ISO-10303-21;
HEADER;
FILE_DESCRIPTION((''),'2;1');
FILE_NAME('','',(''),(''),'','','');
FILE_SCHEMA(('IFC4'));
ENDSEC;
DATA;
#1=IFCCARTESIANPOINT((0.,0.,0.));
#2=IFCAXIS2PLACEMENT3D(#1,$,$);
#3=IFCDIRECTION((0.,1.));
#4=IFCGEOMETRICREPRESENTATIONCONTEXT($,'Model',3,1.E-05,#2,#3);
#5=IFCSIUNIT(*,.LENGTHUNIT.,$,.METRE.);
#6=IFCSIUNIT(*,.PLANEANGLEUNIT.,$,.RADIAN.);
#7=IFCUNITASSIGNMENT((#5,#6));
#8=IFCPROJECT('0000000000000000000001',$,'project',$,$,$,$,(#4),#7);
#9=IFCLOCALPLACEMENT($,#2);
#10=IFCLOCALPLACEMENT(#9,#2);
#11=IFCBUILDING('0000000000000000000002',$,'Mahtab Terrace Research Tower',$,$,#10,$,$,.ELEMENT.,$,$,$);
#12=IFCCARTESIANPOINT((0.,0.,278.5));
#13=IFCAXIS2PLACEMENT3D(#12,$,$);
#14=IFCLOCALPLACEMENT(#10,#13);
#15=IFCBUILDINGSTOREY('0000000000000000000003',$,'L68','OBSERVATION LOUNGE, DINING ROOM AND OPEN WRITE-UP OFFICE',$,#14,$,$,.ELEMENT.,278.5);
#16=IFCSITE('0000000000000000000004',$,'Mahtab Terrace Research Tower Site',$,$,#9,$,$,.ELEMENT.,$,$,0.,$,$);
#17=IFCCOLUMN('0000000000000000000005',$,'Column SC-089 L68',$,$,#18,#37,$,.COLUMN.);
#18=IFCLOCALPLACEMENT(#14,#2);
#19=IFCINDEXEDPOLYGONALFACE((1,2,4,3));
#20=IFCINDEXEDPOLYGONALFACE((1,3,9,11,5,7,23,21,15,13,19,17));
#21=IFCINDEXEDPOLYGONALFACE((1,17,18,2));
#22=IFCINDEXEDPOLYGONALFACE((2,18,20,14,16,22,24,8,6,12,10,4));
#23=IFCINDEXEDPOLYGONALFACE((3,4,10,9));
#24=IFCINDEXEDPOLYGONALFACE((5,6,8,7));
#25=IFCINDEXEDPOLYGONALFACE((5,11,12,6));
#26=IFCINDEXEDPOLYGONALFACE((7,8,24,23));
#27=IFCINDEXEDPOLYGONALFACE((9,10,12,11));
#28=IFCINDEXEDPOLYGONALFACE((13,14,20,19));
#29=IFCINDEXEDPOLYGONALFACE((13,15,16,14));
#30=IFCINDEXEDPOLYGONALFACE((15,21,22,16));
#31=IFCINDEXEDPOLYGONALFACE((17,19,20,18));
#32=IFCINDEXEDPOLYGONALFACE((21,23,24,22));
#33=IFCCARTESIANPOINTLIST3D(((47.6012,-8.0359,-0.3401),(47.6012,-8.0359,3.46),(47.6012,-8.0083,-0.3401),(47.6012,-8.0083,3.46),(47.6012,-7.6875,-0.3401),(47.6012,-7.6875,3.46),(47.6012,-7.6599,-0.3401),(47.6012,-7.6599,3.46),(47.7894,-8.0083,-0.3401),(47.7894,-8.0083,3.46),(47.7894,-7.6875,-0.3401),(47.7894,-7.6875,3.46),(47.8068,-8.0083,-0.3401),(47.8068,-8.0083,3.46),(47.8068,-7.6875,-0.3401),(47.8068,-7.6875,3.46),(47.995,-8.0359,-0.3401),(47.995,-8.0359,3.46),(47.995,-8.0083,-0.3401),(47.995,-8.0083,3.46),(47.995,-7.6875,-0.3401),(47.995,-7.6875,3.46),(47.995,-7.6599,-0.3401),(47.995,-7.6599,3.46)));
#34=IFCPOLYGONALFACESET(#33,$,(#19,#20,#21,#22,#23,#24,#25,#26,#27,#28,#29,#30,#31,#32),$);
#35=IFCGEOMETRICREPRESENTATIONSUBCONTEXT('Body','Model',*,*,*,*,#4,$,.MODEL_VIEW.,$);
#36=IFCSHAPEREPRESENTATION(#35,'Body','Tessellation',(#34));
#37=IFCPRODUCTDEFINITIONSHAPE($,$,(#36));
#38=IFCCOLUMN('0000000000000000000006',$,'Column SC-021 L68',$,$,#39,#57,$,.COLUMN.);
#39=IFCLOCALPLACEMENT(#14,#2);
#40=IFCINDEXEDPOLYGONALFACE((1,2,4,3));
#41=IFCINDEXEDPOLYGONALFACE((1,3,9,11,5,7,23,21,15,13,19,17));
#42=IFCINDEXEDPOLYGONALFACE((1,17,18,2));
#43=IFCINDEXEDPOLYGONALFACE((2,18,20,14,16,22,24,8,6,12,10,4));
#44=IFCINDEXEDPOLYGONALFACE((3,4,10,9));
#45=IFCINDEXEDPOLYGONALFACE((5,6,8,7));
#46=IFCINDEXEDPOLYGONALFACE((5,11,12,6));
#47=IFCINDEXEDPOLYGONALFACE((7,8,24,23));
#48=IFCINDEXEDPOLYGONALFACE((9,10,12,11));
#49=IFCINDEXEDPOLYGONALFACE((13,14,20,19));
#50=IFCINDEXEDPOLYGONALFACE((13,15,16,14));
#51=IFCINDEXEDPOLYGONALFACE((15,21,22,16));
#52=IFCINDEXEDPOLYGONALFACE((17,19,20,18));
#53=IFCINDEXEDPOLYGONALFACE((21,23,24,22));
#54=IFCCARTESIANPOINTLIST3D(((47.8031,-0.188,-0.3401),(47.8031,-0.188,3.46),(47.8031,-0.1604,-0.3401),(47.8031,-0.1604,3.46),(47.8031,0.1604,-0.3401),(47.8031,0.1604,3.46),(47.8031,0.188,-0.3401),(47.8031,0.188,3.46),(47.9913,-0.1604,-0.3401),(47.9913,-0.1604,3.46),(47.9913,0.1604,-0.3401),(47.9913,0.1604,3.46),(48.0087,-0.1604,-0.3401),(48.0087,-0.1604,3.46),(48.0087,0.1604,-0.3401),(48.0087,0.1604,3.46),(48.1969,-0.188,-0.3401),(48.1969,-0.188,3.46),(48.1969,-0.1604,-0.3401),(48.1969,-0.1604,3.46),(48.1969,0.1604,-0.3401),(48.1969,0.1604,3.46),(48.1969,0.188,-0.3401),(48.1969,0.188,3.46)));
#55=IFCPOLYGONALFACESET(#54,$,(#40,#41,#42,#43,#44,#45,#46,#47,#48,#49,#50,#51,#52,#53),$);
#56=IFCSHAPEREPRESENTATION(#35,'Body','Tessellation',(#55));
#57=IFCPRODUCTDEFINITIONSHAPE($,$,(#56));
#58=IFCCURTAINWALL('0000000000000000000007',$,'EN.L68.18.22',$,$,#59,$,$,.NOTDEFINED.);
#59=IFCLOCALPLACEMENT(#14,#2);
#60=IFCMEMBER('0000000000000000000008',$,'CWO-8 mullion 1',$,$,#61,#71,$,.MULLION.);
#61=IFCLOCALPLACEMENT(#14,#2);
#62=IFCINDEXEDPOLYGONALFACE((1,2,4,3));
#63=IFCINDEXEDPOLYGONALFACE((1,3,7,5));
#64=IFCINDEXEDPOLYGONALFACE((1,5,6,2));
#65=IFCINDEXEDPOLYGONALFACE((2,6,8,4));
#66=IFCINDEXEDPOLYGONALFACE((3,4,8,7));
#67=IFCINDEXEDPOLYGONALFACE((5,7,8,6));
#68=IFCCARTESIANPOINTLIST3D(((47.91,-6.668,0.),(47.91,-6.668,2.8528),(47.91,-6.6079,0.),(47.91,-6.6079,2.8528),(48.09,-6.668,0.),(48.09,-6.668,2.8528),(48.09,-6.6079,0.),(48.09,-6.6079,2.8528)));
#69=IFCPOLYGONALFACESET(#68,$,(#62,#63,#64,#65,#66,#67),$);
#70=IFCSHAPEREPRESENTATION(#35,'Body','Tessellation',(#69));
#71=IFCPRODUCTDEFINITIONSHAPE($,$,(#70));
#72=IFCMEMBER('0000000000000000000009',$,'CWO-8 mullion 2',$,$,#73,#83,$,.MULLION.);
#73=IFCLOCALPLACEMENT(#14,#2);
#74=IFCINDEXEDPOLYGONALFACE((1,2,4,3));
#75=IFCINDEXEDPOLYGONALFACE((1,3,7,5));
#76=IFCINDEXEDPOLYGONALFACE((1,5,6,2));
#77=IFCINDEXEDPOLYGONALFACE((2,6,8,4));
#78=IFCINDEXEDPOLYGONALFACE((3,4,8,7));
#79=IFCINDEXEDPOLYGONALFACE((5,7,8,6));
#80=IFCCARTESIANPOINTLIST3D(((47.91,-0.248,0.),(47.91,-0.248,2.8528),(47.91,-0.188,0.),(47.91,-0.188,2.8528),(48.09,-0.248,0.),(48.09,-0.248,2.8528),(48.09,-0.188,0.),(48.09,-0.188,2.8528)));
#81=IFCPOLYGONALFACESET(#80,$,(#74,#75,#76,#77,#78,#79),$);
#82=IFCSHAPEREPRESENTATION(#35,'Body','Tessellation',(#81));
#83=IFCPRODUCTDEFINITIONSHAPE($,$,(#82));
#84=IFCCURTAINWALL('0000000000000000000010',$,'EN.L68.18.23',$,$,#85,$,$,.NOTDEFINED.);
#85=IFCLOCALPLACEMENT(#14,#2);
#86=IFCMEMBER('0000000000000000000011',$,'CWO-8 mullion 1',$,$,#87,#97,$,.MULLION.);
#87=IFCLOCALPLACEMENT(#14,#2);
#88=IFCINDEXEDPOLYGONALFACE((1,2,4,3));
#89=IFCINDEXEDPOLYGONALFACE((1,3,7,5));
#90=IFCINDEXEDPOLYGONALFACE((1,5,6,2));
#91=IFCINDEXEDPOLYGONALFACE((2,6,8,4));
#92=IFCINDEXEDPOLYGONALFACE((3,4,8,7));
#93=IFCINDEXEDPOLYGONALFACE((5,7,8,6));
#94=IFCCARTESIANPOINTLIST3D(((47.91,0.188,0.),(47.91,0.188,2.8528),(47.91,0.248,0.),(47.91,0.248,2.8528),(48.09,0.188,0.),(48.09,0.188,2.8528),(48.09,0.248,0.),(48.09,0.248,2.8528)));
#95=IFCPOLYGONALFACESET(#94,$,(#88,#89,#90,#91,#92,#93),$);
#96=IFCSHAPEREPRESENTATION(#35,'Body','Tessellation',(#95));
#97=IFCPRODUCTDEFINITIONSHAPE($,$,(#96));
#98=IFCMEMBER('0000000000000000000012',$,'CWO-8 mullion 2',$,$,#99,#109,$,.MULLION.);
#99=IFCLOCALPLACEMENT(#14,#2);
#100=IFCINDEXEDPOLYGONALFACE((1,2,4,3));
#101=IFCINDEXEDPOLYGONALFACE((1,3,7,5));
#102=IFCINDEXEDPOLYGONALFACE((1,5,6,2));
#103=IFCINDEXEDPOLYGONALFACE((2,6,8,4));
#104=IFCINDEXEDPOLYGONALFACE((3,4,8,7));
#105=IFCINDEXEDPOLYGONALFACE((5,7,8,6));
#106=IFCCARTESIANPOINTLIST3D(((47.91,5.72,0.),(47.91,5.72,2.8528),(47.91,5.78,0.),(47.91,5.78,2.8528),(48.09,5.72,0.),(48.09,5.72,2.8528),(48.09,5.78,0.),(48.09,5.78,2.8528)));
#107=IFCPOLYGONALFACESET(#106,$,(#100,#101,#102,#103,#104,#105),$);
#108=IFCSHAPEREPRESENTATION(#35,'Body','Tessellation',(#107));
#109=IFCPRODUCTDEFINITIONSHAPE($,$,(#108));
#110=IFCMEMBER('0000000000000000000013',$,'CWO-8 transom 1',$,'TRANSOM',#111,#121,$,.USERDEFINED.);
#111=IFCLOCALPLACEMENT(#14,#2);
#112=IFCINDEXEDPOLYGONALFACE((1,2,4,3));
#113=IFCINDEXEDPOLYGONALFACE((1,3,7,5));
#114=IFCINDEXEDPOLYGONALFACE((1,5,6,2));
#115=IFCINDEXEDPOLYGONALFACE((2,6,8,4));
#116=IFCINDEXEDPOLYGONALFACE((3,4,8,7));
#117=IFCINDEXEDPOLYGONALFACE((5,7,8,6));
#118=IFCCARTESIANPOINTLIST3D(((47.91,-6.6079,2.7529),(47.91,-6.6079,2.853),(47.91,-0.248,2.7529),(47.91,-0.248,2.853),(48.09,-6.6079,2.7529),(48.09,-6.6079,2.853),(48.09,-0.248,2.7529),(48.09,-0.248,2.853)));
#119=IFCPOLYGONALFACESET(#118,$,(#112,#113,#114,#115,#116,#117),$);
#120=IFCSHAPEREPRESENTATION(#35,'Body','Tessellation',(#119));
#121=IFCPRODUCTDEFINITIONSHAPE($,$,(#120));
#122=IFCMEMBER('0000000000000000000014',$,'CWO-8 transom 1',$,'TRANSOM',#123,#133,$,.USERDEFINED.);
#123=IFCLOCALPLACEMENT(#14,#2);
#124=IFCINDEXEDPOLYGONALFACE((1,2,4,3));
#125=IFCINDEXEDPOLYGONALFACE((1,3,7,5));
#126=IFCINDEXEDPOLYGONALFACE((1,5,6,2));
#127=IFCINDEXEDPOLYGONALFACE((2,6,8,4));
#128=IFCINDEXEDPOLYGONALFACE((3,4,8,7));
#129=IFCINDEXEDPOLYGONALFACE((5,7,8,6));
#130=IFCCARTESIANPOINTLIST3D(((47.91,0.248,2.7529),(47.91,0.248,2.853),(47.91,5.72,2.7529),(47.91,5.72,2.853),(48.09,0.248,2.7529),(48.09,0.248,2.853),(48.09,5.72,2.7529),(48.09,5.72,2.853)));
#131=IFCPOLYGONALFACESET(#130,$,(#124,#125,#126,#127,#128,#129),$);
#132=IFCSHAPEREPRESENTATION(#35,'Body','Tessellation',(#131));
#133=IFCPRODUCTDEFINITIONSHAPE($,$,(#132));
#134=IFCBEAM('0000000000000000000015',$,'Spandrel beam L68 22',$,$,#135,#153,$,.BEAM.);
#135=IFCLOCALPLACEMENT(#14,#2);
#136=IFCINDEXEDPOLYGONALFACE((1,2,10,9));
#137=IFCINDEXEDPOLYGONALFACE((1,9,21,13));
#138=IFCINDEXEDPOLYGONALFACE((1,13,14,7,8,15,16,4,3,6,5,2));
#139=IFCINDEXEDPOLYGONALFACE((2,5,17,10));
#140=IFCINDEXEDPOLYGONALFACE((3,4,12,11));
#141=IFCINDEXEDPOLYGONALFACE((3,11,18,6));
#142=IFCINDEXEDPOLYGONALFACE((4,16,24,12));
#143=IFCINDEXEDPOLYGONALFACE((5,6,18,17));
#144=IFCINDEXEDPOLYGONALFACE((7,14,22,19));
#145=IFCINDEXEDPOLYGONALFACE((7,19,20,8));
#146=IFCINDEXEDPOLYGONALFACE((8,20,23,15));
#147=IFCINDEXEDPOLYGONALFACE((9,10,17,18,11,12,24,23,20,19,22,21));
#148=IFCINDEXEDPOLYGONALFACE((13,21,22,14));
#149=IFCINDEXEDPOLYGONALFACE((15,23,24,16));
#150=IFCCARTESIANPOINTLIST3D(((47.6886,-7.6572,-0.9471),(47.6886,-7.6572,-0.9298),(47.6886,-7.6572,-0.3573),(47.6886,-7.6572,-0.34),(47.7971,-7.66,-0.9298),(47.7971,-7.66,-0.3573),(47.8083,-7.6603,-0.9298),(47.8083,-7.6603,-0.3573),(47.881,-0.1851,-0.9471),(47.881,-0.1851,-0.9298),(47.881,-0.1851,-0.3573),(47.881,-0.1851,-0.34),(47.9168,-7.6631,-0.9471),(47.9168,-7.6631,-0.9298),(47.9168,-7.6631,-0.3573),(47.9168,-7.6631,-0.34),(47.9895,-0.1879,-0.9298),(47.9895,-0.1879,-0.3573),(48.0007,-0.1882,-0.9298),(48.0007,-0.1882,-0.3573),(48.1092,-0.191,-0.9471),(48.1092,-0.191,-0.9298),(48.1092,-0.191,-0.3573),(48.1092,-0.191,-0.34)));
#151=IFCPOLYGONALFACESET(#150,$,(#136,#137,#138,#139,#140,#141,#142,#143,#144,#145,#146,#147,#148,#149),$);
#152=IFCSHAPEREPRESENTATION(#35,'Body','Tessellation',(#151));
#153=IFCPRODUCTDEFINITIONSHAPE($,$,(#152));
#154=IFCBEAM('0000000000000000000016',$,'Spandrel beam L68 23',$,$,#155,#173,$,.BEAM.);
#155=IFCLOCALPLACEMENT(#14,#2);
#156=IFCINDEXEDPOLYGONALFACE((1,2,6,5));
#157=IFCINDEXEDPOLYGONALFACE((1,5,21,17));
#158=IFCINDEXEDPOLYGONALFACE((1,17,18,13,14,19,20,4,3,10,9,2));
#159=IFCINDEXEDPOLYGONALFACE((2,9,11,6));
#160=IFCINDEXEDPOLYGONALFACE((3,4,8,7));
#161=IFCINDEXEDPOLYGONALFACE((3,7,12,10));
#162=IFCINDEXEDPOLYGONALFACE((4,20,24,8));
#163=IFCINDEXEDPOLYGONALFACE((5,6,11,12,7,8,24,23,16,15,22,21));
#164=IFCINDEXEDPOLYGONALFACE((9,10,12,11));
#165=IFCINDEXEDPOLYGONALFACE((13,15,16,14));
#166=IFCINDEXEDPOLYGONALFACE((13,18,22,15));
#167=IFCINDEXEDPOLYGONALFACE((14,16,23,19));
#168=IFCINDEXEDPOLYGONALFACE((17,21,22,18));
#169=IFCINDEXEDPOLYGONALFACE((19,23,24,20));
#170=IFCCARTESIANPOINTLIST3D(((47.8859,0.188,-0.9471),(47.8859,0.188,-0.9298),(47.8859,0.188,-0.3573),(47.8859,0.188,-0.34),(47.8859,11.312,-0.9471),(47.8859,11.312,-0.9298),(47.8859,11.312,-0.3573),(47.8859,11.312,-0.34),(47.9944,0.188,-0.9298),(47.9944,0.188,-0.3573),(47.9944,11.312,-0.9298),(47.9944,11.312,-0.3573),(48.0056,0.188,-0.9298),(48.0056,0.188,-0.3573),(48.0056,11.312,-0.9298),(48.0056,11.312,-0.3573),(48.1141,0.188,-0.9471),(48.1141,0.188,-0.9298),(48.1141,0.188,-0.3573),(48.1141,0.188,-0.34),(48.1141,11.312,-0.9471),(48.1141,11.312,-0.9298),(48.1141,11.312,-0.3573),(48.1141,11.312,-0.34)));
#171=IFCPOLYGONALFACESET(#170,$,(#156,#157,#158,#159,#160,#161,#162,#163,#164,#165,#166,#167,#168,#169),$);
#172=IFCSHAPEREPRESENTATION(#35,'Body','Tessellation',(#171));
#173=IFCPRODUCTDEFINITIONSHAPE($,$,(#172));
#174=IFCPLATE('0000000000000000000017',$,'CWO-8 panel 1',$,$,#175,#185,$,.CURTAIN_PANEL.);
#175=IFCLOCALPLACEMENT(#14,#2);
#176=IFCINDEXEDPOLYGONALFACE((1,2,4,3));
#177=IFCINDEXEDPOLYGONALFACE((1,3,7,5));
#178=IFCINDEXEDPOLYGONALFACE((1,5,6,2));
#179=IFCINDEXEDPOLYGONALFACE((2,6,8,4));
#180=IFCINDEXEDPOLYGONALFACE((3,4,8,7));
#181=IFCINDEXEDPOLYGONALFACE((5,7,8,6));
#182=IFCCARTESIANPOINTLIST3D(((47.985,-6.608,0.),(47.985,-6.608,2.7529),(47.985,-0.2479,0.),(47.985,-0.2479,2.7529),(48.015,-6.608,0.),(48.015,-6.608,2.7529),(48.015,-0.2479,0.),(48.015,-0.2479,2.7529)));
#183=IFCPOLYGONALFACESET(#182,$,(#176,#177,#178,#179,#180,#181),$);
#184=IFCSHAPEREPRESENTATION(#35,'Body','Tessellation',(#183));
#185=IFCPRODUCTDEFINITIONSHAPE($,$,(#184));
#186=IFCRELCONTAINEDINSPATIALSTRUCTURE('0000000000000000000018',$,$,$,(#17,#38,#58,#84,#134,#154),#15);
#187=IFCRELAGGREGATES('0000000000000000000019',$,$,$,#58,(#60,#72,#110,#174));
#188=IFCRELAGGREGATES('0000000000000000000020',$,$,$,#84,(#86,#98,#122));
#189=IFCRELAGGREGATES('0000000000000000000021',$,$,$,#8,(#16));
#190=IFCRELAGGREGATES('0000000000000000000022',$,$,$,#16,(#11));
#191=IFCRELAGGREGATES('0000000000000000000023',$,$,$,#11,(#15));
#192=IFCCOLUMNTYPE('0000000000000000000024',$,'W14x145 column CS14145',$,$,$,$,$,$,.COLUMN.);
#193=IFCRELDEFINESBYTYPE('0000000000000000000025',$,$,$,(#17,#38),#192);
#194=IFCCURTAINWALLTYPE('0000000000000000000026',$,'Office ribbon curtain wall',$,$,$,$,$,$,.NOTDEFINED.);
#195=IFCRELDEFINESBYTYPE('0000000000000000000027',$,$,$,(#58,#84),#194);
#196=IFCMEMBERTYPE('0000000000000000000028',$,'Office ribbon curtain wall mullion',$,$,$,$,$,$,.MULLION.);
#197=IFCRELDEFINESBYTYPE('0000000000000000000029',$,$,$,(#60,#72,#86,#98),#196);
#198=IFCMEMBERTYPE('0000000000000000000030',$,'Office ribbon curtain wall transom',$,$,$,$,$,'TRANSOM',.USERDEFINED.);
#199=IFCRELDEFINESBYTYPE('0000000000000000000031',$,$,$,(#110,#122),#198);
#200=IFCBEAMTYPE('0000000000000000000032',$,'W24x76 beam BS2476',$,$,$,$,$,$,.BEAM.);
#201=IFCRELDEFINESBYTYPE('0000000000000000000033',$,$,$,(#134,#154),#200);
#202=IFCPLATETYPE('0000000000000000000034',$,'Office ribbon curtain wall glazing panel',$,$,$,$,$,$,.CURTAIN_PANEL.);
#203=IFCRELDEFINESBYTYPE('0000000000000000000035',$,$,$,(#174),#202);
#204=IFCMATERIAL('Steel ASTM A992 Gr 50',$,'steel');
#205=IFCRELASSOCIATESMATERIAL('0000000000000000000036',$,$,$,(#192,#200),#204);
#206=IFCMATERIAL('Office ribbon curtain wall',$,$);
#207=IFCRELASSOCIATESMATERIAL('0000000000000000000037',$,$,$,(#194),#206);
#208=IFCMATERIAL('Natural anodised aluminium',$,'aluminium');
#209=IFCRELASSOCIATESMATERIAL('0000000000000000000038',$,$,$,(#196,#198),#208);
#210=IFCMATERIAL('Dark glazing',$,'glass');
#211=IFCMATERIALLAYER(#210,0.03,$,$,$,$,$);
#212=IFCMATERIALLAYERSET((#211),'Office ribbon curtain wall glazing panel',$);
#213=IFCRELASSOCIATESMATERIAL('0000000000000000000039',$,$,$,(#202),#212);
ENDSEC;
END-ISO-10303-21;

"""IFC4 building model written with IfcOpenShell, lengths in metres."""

from ifc_helpers import new_model, si_unit, direction, frame, origin, origin_2d, place, context, subcontext, project, spatial, rectangle, i_section, extrude, material, layer, layer_set, material_profile, profile_set, type_object, element, aggregate, save


model = new_model("IFC4")

# Units and contexts
model_context = context("Model", 3, precision=1e-05, world=origin(), true_north=direction((0.0, 1.0)))
body_context = subcontext(model_context, "Body", "Model", "MODEL_VIEW")
ifc_project = project(units=[si_unit("LENGTHUNIT", "METRE"), si_unit("PLANEANGLEUNIT", "RADIAN")], contexts=[model_context])

# Site, building, storey
site_placement = place(None, origin())
site = spatial("IfcSite", under=ifc_project, at=site_placement, Name="Mahtab Terrace Research Tower Site", CompositionType="ELEMENT", RefElevation=0.0)
building_placement = place(site_placement, origin())
building = spatial("IfcBuilding", under=site, at=building_placement, Name="Mahtab Terrace Research Tower", CompositionType="ELEMENT")
storey_placement = place(building_placement, frame((0.0, 0.0, 278.5)))
storey = spatial("IfcBuildingStorey", under=building, at=storey_placement, Name="L68", Description="OBSERVATION LOUNGE, DINING ROOM AND OPEN WRITE-UP OFFICE", CompositionType="ELEMENT", Elevation=278.5)

# Columns
ifc_material_1 = material(Name="Steel ASTM A992 Gr 50", Category="steel")
ifc_material_profile_1 = material_profile(ifc_material_1, i_section(OverallWidth=0.3938, OverallDepth=0.376, WebThickness=0.0173, FlangeThickness=0.0276, at=origin_2d()), Name="W14X145")
ifc_profile_set_1 = profile_set([ifc_material_profile_1], Name="Steel ASTM A992 Gr 50")
column_type = type_object("IfcColumnType", Name="W14x145 column CS14145", PredefinedType="COLUMN", material=ifc_profile_set_1)
for number, where, z_axis, x_axis, name in (
    (1, (47.7981, -7.8479, -0.3401), (0.0, 0.0, 1.0), (1.0, 0.0, 0.0), "Column SC-089 L68"),
    (2, (48.0, 0.0, -0.3401), (0.0, 0.0, 1.0), (1.0, 0.0, 0.0), "Column SC-021 L68"),
):
    element("IfcColumn", number, at=place(storey_placement, frame(where, z_axis=z_axis, x_axis=x_axis)), inside=storey, type_object=column_type, Name=name, PredefinedType="COLUMN", context=body_context, shape_type="SweptSolid", body=[
        extrude(i_section(OverallWidth=0.3938, OverallDepth=0.376, WebThickness=0.0173, FlangeThickness=0.0276, at=origin_2d()), origin(), (0.0, 0.0, 1.0), 3.8),
    ])

# Curtain walls, members
ifc_material_2 = material(Name="Office ribbon curtain wall")
curtain_wall_type = type_object("IfcCurtainWallType", Name="Office ribbon curtain wall", PredefinedType="NOTDEFINED", material=ifc_material_2)
curtain_wall_1_placement = place(storey_placement, origin())
curtain_wall_1 = element("IfcCurtainWall", 3, at=curtain_wall_1_placement, inside=storey, type_object=curtain_wall_type, Name="EN.L68.18.22", PredefinedType="NOTDEFINED")
ifc_material_3 = material(Name="Natural anodised aluminium", Category="aluminium")
ifc_material_profile_2 = material_profile(ifc_material_3, rectangle(XDim=0.1799, YDim=0.0601, at=origin_2d()), Name="MULLION 60x180")
ifc_profile_set_2 = profile_set([ifc_material_profile_2], Name="Natural anodised aluminium")
member_type_1 = type_object("IfcMemberType", Name="Office ribbon curtain wall mullion", PredefinedType="MULLION", material=ifc_profile_set_2)
member_1_placement = place(storey_placement, frame((48.0, -6.6379, 0.0), z_axis=(0.0, 0.0, 1.0), x_axis=(-1.0, 0.0, 0.0)))
member_1 = element("IfcMember", 4, at=member_1_placement, type_object=member_type_1, Name="CWO-8 mullion 1", PredefinedType="MULLION", context=body_context, shape_type="SweptSolid", body=[
    extrude(rectangle(XDim=0.1799, YDim=0.0601, at=origin_2d()), origin(), (0.0, 0.0, 1.0), 2.8528),
])
member_2_placement = place(storey_placement, frame((48.0, -0.218, 0.0), z_axis=(0.0, 0.0, 1.0), x_axis=(-1.0, 0.0, 0.0)))
member_2 = element("IfcMember", 5, at=member_2_placement, type_object=member_type_1, Name="CWO-8 mullion 2", PredefinedType="MULLION", context=body_context, shape_type="SweptSolid", body=[
    extrude(rectangle(XDim=0.1799, YDim=0.0601, at=origin_2d()), origin(), (0.0, 0.0, 1.0), 2.8528),
])
curtain_wall_2_placement = place(storey_placement, origin())
curtain_wall_2 = element("IfcCurtainWall", 6, at=curtain_wall_2_placement, inside=storey, type_object=curtain_wall_type, Name="EN.L68.18.23", PredefinedType="NOTDEFINED")
member_3_placement = place(storey_placement, frame((48.0, 0.218, 0.0), z_axis=(0.0, 0.0, 1.0), x_axis=(-1.0, 0.0, 0.0)))
member_3 = element("IfcMember", 7, at=member_3_placement, type_object=member_type_1, Name="CWO-8 mullion 1", PredefinedType="MULLION", context=body_context, shape_type="SweptSolid", body=[
    extrude(rectangle(XDim=0.1799, YDim=0.0601, at=origin_2d()), origin(), (0.0, 0.0, 1.0), 2.8528),
])
member_4_placement = place(storey_placement, frame((48.0, 5.75, 0.0), z_axis=(0.0, 0.0, 1.0), x_axis=(-1.0, 0.0, 0.0)))
member_4 = element("IfcMember", 8, at=member_4_placement, type_object=member_type_1, Name="CWO-8 mullion 2", PredefinedType="MULLION", context=body_context, shape_type="SweptSolid", body=[
    extrude(rectangle(XDim=0.1799, YDim=0.0601, at=origin_2d()), origin(), (0.0, 0.0, 1.0), 2.8528),
])

# Members
ifc_material_profile_3 = material_profile(ifc_material_3, rectangle(XDim=0.1799, YDim=0.1001, at=origin_2d()), Name="TRANSOM 100x180")
ifc_profile_set_3 = profile_set([ifc_material_profile_3], Name="Natural anodised aluminium")
member_type_2 = type_object("IfcMemberType", Name="Office ribbon curtain wall transom", ElementType="TRANSOM", PredefinedType="USERDEFINED", material=ifc_profile_set_3)
member_5_placement = place(storey_placement, frame((48.0, -6.6079, 2.803), z_axis=(0.0, 1.0, 0.0), x_axis=(-1.0, 0.0, 0.0)))
member_5 = element("IfcMember", 9, at=member_5_placement, type_object=member_type_2, Name="CWO-8 transom 1", ObjectType="TRANSOM", PredefinedType="USERDEFINED", context=body_context, shape_type="SweptSolid", body=[
    extrude(rectangle(XDim=0.1799, YDim=0.1001, at=origin_2d()), origin(), (0.0, 0.0, 1.0), 6.3599),
])
member_6_placement = place(storey_placement, frame((48.0, 0.248, 2.803), z_axis=(0.0, 1.0, 0.0), x_axis=(-1.0, 0.0, 0.0)))
member_6 = element("IfcMember", 10, at=member_6_placement, type_object=member_type_2, Name="CWO-8 transom 1", ObjectType="TRANSOM", PredefinedType="USERDEFINED", context=body_context, shape_type="SweptSolid", body=[
    extrude(rectangle(XDim=0.1799, YDim=0.1001, at=origin_2d()), origin(), (0.0, 0.0, 1.0), 5.4719),
])

# Beams
ifc_material_profile_4 = material_profile(ifc_material_1, i_section(OverallWidth=0.2283, OverallDepth=0.6072, WebThickness=0.0112, FlangeThickness=0.0173, at=origin_2d()), Name="W24X76")
ifc_profile_set_4 = profile_set([ifc_material_profile_4], Name="Steel ASTM A992 Gr 50")
beam_type = type_object("IfcBeamType", Name="W24x76 beam BS2476", PredefinedType="BEAM", material=ifc_profile_set_4)
beam_1_placement = place(storey_placement, frame((47.8027, -7.6602, -0.6436), z_axis=(0.025738, 0.999669, 0.0), x_axis=(-0.999669, 0.025738, 0.0)))
element("IfcBeam", 11, at=beam_1_placement, inside=storey, type_object=beam_type, Name="Spandrel beam L68 22", PredefinedType="BEAM", context=body_context, shape_type="SweptSolid", body=[
    extrude(i_section(OverallWidth=0.2283, OverallDepth=0.6072, WebThickness=0.0112, FlangeThickness=0.0173, at=origin_2d()), origin(), (0.0, 0.0, 1.0), 7.4746),
])
beam_2_placement = place(storey_placement, frame((48.0, 0.188, -0.6436), z_axis=(0.0, 1.0, 0.0), x_axis=(-1.0, 0.0, 0.0)))
element("IfcBeam", 12, at=beam_2_placement, inside=storey, type_object=beam_type, Name="Spandrel beam L68 23", PredefinedType="BEAM", context=body_context, shape_type="SweptSolid", body=[
    extrude(i_section(OverallWidth=0.2283, OverallDepth=0.6072, WebThickness=0.0112, FlangeThickness=0.0173, at=origin_2d()), origin(), (0.0, 0.0, 1.0), 11.124),
])

# Plate
ifc_material_4 = material(Name="Dark glazing", Category="glass")
ifc_layer_1 = layer(ifc_material_4, 0.03)
ifc_layer_set_1 = layer_set([ifc_layer_1], Name="Office ribbon curtain wall glazing panel")
plate_type = type_object("IfcPlateType", Name="Office ribbon curtain wall glazing panel", PredefinedType="CURTAIN_PANEL", material=ifc_layer_set_1)
plate_1_placement = place(storey_placement, frame((48.0, -3.428, 0.0), z_axis=(0.0, 0.0, 1.0), x_axis=(0.0, 1.0, 0.0)))
plate_1 = element("IfcPlate", 13, at=plate_1_placement, type_object=plate_type, Name="CWO-8 panel 1", PredefinedType="CURTAIN_PANEL", context=body_context, shape_type="SweptSolid", body=[
    extrude(rectangle(XDim=6.3601, YDim=0.03, at=origin_2d()), origin(), (0.0, 0.0, 1.0), 2.7529),
])
aggregate(curtain_wall_1, [member_1, member_2, member_5, plate_1])
aggregate(curtain_wall_2, [member_3, member_4, member_6])

save(model, "model.ifc")
